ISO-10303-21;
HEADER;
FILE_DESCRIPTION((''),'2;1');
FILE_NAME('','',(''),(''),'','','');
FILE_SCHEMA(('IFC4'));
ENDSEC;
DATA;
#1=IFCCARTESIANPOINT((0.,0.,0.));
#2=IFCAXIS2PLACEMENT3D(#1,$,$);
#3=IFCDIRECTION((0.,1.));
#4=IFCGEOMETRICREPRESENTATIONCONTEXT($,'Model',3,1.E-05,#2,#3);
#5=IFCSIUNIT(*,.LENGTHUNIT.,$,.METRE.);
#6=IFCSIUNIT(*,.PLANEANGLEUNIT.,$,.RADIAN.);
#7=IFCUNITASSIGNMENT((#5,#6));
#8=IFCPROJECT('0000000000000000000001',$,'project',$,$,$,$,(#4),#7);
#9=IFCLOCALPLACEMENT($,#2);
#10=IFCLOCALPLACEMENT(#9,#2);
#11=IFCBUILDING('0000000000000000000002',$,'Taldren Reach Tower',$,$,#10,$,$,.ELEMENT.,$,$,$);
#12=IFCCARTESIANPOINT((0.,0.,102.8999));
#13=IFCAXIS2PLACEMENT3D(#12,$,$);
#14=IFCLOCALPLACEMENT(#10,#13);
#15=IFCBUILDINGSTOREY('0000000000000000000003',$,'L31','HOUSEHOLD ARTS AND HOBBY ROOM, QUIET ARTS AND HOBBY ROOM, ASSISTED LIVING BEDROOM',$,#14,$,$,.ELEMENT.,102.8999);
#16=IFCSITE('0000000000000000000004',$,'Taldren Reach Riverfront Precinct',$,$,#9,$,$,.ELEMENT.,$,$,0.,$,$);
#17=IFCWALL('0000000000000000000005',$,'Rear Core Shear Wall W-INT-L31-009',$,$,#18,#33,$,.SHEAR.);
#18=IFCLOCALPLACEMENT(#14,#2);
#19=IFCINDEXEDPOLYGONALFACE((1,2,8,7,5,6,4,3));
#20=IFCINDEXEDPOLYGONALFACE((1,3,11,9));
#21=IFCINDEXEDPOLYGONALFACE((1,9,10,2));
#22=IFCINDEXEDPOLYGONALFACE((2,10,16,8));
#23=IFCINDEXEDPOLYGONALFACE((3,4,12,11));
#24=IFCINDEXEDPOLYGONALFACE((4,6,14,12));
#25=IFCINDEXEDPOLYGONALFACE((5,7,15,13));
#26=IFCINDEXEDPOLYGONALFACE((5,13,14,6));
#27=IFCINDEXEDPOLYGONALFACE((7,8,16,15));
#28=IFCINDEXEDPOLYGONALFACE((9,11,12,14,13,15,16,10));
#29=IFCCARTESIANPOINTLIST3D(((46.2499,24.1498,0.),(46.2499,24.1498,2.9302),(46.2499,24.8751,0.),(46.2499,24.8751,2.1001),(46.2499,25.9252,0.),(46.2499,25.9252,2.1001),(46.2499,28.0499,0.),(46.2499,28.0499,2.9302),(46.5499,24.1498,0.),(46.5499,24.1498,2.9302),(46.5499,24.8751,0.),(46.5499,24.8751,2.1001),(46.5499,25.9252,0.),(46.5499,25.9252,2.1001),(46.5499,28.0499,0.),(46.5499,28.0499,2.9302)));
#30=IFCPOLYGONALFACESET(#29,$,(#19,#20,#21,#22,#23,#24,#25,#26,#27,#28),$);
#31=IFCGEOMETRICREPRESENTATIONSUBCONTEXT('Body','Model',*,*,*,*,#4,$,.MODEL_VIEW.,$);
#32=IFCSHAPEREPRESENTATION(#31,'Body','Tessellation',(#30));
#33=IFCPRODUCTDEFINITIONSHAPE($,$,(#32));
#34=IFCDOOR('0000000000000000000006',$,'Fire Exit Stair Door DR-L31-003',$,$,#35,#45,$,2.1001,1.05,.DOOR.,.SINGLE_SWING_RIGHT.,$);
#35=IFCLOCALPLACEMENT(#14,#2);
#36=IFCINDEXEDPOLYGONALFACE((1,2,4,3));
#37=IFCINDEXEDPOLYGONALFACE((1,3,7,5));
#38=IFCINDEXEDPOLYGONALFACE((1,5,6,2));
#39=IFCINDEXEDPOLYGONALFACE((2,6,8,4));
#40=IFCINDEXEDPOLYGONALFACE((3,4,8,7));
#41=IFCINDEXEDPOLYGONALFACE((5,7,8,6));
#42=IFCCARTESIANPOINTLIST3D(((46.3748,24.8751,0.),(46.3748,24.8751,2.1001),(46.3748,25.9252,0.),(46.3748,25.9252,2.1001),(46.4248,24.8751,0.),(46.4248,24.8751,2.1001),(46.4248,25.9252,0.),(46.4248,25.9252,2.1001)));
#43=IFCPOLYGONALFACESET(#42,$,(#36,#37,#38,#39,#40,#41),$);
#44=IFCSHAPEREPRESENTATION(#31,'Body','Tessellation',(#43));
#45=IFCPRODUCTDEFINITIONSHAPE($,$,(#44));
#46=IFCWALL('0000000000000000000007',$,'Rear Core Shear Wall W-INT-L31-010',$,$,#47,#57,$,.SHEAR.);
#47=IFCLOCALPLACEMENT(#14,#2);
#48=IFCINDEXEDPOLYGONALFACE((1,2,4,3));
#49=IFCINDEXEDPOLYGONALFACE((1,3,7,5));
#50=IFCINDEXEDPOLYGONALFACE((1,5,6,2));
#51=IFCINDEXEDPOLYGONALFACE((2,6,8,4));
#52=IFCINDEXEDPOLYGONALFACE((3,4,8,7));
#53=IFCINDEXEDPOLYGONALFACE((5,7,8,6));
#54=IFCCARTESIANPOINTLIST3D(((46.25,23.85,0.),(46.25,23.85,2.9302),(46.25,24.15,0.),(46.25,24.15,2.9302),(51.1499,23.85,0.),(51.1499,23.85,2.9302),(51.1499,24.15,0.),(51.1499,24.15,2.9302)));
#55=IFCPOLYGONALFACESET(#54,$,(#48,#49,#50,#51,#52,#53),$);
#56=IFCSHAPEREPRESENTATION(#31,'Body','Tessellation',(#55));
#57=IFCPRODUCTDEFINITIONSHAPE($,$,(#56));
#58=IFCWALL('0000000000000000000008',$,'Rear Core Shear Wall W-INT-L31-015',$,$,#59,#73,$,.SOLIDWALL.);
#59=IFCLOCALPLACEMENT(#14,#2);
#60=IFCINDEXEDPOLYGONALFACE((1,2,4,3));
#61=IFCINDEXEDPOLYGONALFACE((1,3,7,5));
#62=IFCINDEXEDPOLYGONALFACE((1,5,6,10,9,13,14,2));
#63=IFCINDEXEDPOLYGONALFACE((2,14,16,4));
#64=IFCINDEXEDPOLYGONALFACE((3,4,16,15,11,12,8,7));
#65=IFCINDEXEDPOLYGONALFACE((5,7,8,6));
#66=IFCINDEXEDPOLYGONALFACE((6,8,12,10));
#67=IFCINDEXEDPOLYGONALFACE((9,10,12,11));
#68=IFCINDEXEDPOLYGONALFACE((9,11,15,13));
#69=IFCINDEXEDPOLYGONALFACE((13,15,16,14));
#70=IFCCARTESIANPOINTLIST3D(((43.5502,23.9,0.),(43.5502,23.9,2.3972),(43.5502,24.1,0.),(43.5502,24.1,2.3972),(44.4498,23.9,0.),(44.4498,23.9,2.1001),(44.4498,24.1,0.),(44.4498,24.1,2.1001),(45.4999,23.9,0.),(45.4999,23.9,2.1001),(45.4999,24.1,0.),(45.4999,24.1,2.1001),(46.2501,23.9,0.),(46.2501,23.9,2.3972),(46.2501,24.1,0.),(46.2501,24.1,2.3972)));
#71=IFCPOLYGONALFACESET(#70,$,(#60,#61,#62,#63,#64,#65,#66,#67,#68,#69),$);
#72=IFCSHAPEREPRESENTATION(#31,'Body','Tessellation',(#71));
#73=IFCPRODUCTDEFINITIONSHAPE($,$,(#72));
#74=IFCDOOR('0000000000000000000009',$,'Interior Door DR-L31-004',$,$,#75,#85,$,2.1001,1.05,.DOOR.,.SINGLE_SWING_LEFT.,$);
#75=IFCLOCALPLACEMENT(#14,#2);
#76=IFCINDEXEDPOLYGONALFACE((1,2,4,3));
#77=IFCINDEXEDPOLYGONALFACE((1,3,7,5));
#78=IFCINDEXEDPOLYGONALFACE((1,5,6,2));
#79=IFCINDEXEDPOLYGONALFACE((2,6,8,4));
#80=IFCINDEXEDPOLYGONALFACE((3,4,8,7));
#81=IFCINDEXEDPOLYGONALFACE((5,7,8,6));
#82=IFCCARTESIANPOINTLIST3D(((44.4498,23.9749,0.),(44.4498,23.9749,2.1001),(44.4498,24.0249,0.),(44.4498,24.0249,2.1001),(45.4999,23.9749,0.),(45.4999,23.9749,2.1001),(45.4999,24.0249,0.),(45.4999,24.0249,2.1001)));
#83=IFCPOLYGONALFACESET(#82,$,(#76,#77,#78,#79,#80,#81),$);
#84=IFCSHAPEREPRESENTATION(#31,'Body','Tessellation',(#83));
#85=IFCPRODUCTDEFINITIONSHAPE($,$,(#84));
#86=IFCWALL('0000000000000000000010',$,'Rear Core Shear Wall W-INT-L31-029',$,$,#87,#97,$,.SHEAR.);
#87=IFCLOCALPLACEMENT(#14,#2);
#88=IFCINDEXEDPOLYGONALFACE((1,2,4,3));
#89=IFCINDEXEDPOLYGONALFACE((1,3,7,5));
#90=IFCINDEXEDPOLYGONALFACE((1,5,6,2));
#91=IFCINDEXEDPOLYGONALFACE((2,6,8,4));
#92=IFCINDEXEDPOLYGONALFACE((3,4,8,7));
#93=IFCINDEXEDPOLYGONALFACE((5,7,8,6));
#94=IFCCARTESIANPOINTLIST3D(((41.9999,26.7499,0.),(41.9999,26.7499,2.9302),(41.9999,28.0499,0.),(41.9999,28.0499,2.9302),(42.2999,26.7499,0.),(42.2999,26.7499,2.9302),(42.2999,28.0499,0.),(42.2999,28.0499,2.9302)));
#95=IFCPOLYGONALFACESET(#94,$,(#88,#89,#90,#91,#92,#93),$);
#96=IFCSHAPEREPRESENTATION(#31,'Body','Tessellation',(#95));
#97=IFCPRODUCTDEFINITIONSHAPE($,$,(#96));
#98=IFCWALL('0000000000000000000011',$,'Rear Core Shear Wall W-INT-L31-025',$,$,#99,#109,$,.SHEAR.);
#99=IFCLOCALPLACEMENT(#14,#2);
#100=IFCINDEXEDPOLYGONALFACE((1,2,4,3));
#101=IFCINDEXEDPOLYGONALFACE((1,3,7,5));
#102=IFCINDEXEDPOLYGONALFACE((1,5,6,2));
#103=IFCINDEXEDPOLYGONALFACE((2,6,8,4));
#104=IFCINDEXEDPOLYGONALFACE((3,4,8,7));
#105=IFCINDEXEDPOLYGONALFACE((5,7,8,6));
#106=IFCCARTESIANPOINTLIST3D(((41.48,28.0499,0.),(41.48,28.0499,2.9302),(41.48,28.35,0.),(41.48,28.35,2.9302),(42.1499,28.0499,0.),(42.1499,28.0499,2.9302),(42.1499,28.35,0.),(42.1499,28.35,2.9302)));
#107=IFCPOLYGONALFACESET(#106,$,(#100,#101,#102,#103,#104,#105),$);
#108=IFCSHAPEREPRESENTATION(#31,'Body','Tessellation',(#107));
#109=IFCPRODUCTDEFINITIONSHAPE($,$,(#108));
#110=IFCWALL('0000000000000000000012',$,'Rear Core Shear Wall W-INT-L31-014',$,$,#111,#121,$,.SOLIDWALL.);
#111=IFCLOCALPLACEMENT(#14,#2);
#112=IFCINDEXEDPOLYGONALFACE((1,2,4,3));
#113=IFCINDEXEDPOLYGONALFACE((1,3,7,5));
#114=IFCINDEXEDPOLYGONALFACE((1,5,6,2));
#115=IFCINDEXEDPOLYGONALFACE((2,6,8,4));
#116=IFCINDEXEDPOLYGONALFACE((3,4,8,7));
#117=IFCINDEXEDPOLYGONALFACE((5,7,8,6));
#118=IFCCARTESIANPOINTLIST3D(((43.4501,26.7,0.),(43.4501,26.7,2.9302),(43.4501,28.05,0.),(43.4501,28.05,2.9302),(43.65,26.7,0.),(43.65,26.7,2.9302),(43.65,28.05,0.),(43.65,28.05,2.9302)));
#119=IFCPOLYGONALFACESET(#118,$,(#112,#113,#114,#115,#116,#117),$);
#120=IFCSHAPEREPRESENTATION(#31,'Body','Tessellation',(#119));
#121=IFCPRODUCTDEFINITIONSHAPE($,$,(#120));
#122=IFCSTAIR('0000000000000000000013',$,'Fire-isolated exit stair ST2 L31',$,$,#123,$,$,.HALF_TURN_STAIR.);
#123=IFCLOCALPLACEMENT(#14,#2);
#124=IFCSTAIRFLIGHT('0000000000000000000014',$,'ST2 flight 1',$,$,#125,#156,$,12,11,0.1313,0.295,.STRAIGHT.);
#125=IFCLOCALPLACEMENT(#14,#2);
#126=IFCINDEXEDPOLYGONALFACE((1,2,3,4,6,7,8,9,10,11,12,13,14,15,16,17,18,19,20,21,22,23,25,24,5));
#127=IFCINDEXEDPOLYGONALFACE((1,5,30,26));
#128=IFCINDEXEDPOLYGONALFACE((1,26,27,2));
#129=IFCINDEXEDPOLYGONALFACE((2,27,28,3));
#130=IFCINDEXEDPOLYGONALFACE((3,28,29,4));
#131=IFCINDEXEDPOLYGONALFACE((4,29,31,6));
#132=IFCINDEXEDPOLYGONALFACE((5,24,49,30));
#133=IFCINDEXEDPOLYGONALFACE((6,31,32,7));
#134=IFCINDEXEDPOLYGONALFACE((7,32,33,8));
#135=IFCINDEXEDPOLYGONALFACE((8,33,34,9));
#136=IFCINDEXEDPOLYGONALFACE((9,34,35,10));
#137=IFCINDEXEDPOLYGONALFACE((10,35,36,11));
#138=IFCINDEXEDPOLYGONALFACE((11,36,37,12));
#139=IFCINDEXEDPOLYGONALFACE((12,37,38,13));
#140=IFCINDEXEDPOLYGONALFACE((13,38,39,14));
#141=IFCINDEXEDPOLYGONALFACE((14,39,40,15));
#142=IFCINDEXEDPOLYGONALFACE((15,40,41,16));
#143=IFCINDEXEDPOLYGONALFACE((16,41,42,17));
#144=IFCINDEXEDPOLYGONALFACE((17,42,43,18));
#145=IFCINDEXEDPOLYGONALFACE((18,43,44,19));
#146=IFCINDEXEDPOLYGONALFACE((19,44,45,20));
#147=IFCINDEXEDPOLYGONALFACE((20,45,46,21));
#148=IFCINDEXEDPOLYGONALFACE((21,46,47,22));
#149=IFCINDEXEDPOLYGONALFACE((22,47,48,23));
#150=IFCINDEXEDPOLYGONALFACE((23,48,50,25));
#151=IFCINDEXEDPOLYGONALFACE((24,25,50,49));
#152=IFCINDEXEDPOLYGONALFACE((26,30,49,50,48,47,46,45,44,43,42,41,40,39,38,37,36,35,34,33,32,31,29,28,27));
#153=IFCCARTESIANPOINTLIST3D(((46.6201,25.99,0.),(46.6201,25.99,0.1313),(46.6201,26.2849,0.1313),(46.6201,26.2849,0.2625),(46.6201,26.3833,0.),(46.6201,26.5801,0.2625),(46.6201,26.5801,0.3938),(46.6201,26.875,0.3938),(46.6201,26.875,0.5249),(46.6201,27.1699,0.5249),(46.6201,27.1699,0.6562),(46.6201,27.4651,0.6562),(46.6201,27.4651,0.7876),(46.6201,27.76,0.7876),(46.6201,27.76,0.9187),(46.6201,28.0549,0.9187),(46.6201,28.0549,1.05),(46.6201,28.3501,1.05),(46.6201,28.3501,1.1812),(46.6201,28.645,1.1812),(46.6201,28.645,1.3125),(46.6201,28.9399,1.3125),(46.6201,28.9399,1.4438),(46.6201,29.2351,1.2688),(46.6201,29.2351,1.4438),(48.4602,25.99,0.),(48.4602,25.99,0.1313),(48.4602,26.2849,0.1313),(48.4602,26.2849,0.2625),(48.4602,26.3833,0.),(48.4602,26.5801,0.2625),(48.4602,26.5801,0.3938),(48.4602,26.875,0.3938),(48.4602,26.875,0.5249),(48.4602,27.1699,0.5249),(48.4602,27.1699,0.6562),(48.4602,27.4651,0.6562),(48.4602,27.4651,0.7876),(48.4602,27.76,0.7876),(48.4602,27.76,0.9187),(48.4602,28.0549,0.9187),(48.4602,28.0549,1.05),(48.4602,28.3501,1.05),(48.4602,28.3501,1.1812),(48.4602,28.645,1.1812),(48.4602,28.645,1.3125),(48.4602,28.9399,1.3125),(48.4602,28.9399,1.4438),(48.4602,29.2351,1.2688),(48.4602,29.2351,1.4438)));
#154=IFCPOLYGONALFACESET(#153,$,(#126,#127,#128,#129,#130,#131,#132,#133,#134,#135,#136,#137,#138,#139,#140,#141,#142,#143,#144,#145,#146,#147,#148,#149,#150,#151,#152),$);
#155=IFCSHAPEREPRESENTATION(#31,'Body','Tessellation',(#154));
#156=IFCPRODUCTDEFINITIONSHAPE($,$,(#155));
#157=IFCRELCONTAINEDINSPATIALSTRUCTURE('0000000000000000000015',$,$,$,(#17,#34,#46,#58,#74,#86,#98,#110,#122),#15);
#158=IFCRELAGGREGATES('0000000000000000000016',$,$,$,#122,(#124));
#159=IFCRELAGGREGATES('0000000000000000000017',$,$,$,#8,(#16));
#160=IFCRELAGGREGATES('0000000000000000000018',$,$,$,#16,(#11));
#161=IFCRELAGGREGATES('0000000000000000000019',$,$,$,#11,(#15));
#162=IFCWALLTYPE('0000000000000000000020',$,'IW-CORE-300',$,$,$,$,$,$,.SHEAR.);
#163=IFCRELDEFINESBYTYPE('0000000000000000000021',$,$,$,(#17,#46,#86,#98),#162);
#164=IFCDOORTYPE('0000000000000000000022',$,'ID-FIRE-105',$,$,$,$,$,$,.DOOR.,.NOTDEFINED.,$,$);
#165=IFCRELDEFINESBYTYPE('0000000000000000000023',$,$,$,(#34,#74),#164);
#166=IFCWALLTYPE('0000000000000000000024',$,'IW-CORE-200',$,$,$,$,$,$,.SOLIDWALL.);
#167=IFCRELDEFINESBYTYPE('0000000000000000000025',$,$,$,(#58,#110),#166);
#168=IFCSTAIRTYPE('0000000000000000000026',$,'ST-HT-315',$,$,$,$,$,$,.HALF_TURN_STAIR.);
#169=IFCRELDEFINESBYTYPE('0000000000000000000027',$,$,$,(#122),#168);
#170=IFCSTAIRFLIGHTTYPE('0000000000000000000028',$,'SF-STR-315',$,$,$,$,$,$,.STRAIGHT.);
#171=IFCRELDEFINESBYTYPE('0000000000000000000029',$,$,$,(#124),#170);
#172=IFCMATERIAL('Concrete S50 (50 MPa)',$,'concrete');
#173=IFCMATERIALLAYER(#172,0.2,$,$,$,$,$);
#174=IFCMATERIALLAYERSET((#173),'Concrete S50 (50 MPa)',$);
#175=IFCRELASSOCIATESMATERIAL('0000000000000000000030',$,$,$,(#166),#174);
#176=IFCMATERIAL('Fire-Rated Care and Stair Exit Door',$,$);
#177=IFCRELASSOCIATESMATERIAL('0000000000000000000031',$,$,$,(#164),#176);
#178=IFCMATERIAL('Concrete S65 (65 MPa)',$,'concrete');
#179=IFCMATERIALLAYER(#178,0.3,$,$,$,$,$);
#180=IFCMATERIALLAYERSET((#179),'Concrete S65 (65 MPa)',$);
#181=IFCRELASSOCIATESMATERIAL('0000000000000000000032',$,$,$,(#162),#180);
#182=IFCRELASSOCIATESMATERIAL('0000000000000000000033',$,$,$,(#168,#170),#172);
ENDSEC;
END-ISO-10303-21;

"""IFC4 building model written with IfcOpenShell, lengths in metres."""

from ifc_helpers import new_model, si_unit, direction, frame, frame_2d, origin, place, context, subcontext, project, spatial, polyline, rectangle, outline, extrude, source, transform, mapped, material, layer, layer_set, type_object, element, fill, aggregate, save


model = new_model("IFC4")

# Units and contexts
model_context = context("Model", 3, precision=1e-05, world=origin(), true_north=direction((0.0, 1.0)))
body_context = subcontext(model_context, "Body", "Model", "MODEL_VIEW")
ifc_project = project(units=[si_unit("LENGTHUNIT", "METRE"), si_unit("PLANEANGLEUNIT", "RADIAN")], contexts=[model_context])

# Site, building, storey
site_placement = place(None, origin())
site = spatial("IfcSite", under=ifc_project, at=site_placement, Name="Taldren Reach Riverfront Precinct", CompositionType="ELEMENT", RefElevation=0.0)
building_placement = place(site_placement, origin())
building = spatial("IfcBuilding", under=site, at=building_placement, Name="Taldren Reach Tower", CompositionType="ELEMENT")
storey_placement = place(building_placement, frame((0.0, 0.0, 102.8999)))
storey = spatial("IfcBuildingStorey", under=building, at=storey_placement, Name="L31", Description="HOUSEHOLD ARTS AND HOBBY ROOM, QUIET ARTS AND HOBBY ROOM, ASSISTED LIVING BEDROOM", CompositionType="ELEMENT", Elevation=102.8999)

# Shared definitions
ifc_material_1 = material(Name="Concrete S50 (50 MPa)", Category="concrete")
ifc_layer_1 = layer(ifc_material_1, 0.2)
ifc_layer_set_1 = layer_set([ifc_layer_1], Name="Concrete S50 (50 MPa)")
wall_type_1 = type_object("IfcWallType", Name="IW-CORE-200", PredefinedType="SOLIDWALL", material=ifc_layer_set_1)

# Shared definitions
shared_shape_1 = source(origin(), body_context, "Body", "SweptSolid", [
    extrude(rectangle(XDim=1.05, YDim=2.1001, at=frame_2d((0.5249, 1.05))), frame((0.0, 0.1099, 0.0), z_axis=(0.0, -1.0, 0.0), x_axis=(1.0, 0.0, 0.0)), (0.0, 0.0, 1.0), 0.22),
])
ifc_material_2 = material(Name="Fire-Rated Care and Stair Exit Door")
door_type_1 = type_object("IfcDoorType", Name="ID-FIRE-105", OperationType="NOTDEFINED", PredefinedType="DOOR", material=ifc_material_2)
shared_shape_2 = source(origin(), body_context, "Body", "SweptSolid", [
    extrude(rectangle(XDim=1.05, YDim=2.1001, at=frame_2d((0.5249, 1.05))), frame((0.0, 0.0249, 0.0), z_axis=(0.0, -1.0, 0.0), x_axis=(1.0, 0.0, 0.0)), (0.0, 0.0, 1.0), 0.05),
])

# Shared definitions
ifc_material_3 = material(Name="Concrete S65 (65 MPa)", Category="concrete")
ifc_layer_2 = layer(ifc_material_3, 0.3)
ifc_layer_set_2 = layer_set([ifc_layer_2], Name="Concrete S65 (65 MPa)")
wall_type_2 = type_object("IfcWallType", Name="IW-CORE-300", PredefinedType="SHEAR", material=ifc_layer_set_2)

# Wall, opening, door
shared_shape_3 = source(origin(), body_context, "Body", "SweptSolid", [
    extrude(rectangle(XDim=3.9001, YDim=0.3, at=frame_2d((1.9502, 0.0))), origin(), (0.0, 0.0, 1.0), 2.9302),
])
wall_1_placement = place(storey_placement, frame((46.3999, 28.05, 0.0), z_axis=(0.0, 0.0, 1.0), x_axis=(0.0, -1.0, 0.0)))
wall_1 = element("IfcWall", 1, at=wall_1_placement, inside=storey, type_object=wall_type_2, Name="Rear Core Shear Wall W-INT-L31-009", PredefinedType="SHEAR", context=body_context, shape_type="MappedRepresentation", body=[
    mapped(shared_shape_3, transform((0.0, 0.0, 0.0), scale=1.0)),
])
shared_shape_4 = source(origin(), body_context, "Body", "SweptSolid", [
    extrude(rectangle(XDim=1.05, YDim=2.1001, at=frame_2d((0.5249, 1.05))), frame((0.0, 0.1602, 0.0), z_axis=(0.0, -1.0, 0.0), x_axis=(1.0, 0.0, 0.0)), (0.0, 0.0, 1.0), 0.3201),
])
opening_1_placement = place(wall_1_placement, frame((2.125, 0.0, 0.0)))
opening_1 = element("IfcOpeningElement", 2, at=opening_1_placement, cuts=wall_1, PredefinedType="OPENING", context=body_context, shape_type="MappedRepresentation", body=[
    mapped(shared_shape_4, transform((0.0, 0.0, 0.0), scale=1.0)),
])
door_1_placement = place(opening_1_placement, origin())
door_1 = element("IfcDoor", 3, at=door_1_placement, inside=storey, type_object=door_type_1, Name="Fire Exit Stair Door DR-L31-003", OperationType="SINGLE_SWING_RIGHT", OverallHeight=2.1001, OverallWidth=1.05, PredefinedType="DOOR", context=body_context, shape_type="MappedRepresentation", body=[
    mapped(shared_shape_2, transform((0.0, 0.0, 0.0), scale=1.0)),
])
fill(opening_1, door_1)

# Wall
shared_shape_5 = source(origin(), body_context, "Body", "SweptSolid", [
    extrude(rectangle(XDim=4.8999, YDim=0.3, at=frame_2d((2.45, 0.0))), origin(), (0.0, 0.0, 1.0), 2.9302),
])
wall_2_placement = place(storey_placement, frame((46.25, 24.0, 0.0), z_axis=(0.0, 0.0, 1.0), x_axis=(1.0, 0.0, 0.0)))
element("IfcWall", 4, at=wall_2_placement, inside=storey, type_object=wall_type_2, Name="Rear Core Shear Wall W-INT-L31-010", PredefinedType="SHEAR", context=body_context, shape_type="MappedRepresentation", body=[
    mapped(shared_shape_5, transform((0.0, 0.0, 0.0), scale=1.0)),
])

# Wall, opening, door
shared_shape_6 = source(origin(), body_context, "Body", "SweptSolid", [
    extrude(rectangle(XDim=2.7, YDim=0.2, at=frame_2d((1.3501, 0.0))), origin(), (0.0, 0.0, 1.0), 2.3972),
])
wall_3_placement = place(storey_placement, frame((43.55, 24.0, 0.0), z_axis=(0.0, 0.0, 1.0), x_axis=(1.0, 0.0, 0.0)))
wall_3 = element("IfcWall", 5, at=wall_3_placement, inside=storey, type_object=wall_type_1, Name="Rear Core Shear Wall W-INT-L31-015", PredefinedType="SOLIDWALL", context=body_context, shape_type="MappedRepresentation", body=[
    mapped(shared_shape_6, transform((0.0, 0.0, 0.0), scale=1.0)),
])
opening_2_placement = place(wall_3_placement, frame((0.8999, 0.0, 0.0)))
opening_2 = element("IfcOpeningElement", 6, at=opening_2_placement, cuts=wall_3, PredefinedType="OPENING", context=body_context, shape_type="MappedRepresentation", body=[
    mapped(shared_shape_1, transform((0.0, 0.0, 0.0), scale=1.0)),
])
door_2_placement = place(opening_2_placement, origin())
door_2 = element("IfcDoor", 7, at=door_2_placement, inside=storey, type_object=door_type_1, Name="Interior Door DR-L31-004", OperationType="SINGLE_SWING_LEFT", OverallHeight=2.1001, OverallWidth=1.05, PredefinedType="DOOR", context=body_context, shape_type="MappedRepresentation", body=[
    mapped(shared_shape_2, transform((0.0, 0.0, 0.0), scale=1.0)),
])
fill(opening_2, door_2)

# Walls
shared_shape_7 = source(origin(), body_context, "Body", "SweptSolid", [
    extrude(rectangle(XDim=1.3, YDim=0.3, at=frame_2d((0.6499, 0.0))), origin(), (0.0, 0.0, 1.0), 2.9302),
])
wall_4_placement = place(storey_placement, frame((42.1499, 26.75, 0.0), z_axis=(0.0, 0.0, 1.0), x_axis=(0.0, 1.0, 0.0)))
element("IfcWall", 8, at=wall_4_placement, inside=storey, type_object=wall_type_2, Name="Rear Core Shear Wall W-INT-L31-029", PredefinedType="SHEAR", context=body_context, shape_type="MappedRepresentation", body=[
    mapped(shared_shape_7, transform((0.0, 0.0, 0.0), scale=1.0)),
])
shared_shape_8 = source(origin(), body_context, "Body", "SweptSolid", [
    extrude(rectangle(XDim=0.6699, YDim=0.3, at=frame_2d((0.335, 0.0))), origin(), (0.0, 0.0, 1.0), 2.9302),
])
wall_5_placement = place(storey_placement, frame((42.1499, 28.2, 0.0), z_axis=(0.0, 0.0, 1.0), x_axis=(-1.0, 0.0, 0.0)))
element("IfcWall", 9, at=wall_5_placement, inside=storey, type_object=wall_type_2, Name="Rear Core Shear Wall W-INT-L31-025", PredefinedType="SHEAR", context=body_context, shape_type="MappedRepresentation", body=[
    mapped(shared_shape_8, transform((0.0, 0.0, 0.0), scale=1.0)),
])
shared_shape_9 = source(origin(), body_context, "Body", "SweptSolid", [
    extrude(rectangle(XDim=1.3501, YDim=0.2, at=frame_2d((0.675, 0.0))), origin(), (0.0, 0.0, 1.0), 2.9302),
])
wall_6_placement = place(storey_placement, frame((43.55, 28.05, 0.0), z_axis=(0.0, 0.0, 1.0), x_axis=(0.0, -1.0, 0.0)))
element("IfcWall", 10, at=wall_6_placement, inside=storey, type_object=wall_type_1, Name="Rear Core Shear Wall W-INT-L31-014", PredefinedType="SOLIDWALL", context=body_context, shape_type="MappedRepresentation", body=[
    mapped(shared_shape_9, transform((0.0, 0.0, 0.0), scale=1.0)),
])

# Stair, stair flight
stair_type = type_object("IfcStairType", Name="ST-HT-315", PredefinedType="HALF_TURN_STAIR", material=ifc_material_1)
stair_placement = place(storey_placement, origin())
stair = element("IfcStair", 11, at=stair_placement, inside=storey, type_object=stair_type, Name="Fire-isolated exit stair ST2 L31", PredefinedType="HALF_TURN_STAIR")
stair_flight_type = type_object("IfcStairFlightType", Name="SF-STR-315", PredefinedType="STRAIGHT", material=ifc_material_1)
stair_flight_1_placement = place(storey_placement, frame((47.54, 25.99, 0.0), z_axis=(0.0, 0.0, 1.0), x_axis=(0.0, 1.0, 0.0)))
stair_flight_1 = element("IfcStairFlight", 12, at=stair_flight_1_placement, type_object=stair_flight_type, Name="ST2 flight 1", NumberOfRisers=12, NumberOfTreads=11, PredefinedType="STRAIGHT", RiserHeight=0.1313, TreadLength=0.295, context=body_context, shape_type="SweptSolid", body=[
    extrude(outline(polyline([(0.0, 0.0), (0.0, 0.1313), (0.2949, 0.1313), (0.2949, 0.2625), (0.5901, 0.2625), (0.5901, 0.3938), (0.885, 0.3938), (0.885, 0.5249), (1.1799, 0.5249), (1.1799, 0.6562), (1.4751, 0.6562), (1.4751, 0.7876), (1.77, 0.7876), (1.77, 0.9187), (2.0649, 0.9187), (2.0649, 1.05), (2.3601, 1.05), (2.3601, 1.1812), (2.655, 1.1812), (2.655, 1.3125), (2.95, 1.3125), (2.95, 1.4438), (3.2451, 1.4438), (3.2451, 1.575), (3.2451, 1.2688), (0.3933, 0.0), (0.0, 0.0)])), frame((0.0, 0.9199, 0.0), z_axis=(0.0, -1.0, 0.0), x_axis=(1.0, 0.0, 0.0)), (0.0, 0.0, 1.0), 1.8401),
])
aggregate(stair, [stair_flight_1])

save(model, "model.ifc")
